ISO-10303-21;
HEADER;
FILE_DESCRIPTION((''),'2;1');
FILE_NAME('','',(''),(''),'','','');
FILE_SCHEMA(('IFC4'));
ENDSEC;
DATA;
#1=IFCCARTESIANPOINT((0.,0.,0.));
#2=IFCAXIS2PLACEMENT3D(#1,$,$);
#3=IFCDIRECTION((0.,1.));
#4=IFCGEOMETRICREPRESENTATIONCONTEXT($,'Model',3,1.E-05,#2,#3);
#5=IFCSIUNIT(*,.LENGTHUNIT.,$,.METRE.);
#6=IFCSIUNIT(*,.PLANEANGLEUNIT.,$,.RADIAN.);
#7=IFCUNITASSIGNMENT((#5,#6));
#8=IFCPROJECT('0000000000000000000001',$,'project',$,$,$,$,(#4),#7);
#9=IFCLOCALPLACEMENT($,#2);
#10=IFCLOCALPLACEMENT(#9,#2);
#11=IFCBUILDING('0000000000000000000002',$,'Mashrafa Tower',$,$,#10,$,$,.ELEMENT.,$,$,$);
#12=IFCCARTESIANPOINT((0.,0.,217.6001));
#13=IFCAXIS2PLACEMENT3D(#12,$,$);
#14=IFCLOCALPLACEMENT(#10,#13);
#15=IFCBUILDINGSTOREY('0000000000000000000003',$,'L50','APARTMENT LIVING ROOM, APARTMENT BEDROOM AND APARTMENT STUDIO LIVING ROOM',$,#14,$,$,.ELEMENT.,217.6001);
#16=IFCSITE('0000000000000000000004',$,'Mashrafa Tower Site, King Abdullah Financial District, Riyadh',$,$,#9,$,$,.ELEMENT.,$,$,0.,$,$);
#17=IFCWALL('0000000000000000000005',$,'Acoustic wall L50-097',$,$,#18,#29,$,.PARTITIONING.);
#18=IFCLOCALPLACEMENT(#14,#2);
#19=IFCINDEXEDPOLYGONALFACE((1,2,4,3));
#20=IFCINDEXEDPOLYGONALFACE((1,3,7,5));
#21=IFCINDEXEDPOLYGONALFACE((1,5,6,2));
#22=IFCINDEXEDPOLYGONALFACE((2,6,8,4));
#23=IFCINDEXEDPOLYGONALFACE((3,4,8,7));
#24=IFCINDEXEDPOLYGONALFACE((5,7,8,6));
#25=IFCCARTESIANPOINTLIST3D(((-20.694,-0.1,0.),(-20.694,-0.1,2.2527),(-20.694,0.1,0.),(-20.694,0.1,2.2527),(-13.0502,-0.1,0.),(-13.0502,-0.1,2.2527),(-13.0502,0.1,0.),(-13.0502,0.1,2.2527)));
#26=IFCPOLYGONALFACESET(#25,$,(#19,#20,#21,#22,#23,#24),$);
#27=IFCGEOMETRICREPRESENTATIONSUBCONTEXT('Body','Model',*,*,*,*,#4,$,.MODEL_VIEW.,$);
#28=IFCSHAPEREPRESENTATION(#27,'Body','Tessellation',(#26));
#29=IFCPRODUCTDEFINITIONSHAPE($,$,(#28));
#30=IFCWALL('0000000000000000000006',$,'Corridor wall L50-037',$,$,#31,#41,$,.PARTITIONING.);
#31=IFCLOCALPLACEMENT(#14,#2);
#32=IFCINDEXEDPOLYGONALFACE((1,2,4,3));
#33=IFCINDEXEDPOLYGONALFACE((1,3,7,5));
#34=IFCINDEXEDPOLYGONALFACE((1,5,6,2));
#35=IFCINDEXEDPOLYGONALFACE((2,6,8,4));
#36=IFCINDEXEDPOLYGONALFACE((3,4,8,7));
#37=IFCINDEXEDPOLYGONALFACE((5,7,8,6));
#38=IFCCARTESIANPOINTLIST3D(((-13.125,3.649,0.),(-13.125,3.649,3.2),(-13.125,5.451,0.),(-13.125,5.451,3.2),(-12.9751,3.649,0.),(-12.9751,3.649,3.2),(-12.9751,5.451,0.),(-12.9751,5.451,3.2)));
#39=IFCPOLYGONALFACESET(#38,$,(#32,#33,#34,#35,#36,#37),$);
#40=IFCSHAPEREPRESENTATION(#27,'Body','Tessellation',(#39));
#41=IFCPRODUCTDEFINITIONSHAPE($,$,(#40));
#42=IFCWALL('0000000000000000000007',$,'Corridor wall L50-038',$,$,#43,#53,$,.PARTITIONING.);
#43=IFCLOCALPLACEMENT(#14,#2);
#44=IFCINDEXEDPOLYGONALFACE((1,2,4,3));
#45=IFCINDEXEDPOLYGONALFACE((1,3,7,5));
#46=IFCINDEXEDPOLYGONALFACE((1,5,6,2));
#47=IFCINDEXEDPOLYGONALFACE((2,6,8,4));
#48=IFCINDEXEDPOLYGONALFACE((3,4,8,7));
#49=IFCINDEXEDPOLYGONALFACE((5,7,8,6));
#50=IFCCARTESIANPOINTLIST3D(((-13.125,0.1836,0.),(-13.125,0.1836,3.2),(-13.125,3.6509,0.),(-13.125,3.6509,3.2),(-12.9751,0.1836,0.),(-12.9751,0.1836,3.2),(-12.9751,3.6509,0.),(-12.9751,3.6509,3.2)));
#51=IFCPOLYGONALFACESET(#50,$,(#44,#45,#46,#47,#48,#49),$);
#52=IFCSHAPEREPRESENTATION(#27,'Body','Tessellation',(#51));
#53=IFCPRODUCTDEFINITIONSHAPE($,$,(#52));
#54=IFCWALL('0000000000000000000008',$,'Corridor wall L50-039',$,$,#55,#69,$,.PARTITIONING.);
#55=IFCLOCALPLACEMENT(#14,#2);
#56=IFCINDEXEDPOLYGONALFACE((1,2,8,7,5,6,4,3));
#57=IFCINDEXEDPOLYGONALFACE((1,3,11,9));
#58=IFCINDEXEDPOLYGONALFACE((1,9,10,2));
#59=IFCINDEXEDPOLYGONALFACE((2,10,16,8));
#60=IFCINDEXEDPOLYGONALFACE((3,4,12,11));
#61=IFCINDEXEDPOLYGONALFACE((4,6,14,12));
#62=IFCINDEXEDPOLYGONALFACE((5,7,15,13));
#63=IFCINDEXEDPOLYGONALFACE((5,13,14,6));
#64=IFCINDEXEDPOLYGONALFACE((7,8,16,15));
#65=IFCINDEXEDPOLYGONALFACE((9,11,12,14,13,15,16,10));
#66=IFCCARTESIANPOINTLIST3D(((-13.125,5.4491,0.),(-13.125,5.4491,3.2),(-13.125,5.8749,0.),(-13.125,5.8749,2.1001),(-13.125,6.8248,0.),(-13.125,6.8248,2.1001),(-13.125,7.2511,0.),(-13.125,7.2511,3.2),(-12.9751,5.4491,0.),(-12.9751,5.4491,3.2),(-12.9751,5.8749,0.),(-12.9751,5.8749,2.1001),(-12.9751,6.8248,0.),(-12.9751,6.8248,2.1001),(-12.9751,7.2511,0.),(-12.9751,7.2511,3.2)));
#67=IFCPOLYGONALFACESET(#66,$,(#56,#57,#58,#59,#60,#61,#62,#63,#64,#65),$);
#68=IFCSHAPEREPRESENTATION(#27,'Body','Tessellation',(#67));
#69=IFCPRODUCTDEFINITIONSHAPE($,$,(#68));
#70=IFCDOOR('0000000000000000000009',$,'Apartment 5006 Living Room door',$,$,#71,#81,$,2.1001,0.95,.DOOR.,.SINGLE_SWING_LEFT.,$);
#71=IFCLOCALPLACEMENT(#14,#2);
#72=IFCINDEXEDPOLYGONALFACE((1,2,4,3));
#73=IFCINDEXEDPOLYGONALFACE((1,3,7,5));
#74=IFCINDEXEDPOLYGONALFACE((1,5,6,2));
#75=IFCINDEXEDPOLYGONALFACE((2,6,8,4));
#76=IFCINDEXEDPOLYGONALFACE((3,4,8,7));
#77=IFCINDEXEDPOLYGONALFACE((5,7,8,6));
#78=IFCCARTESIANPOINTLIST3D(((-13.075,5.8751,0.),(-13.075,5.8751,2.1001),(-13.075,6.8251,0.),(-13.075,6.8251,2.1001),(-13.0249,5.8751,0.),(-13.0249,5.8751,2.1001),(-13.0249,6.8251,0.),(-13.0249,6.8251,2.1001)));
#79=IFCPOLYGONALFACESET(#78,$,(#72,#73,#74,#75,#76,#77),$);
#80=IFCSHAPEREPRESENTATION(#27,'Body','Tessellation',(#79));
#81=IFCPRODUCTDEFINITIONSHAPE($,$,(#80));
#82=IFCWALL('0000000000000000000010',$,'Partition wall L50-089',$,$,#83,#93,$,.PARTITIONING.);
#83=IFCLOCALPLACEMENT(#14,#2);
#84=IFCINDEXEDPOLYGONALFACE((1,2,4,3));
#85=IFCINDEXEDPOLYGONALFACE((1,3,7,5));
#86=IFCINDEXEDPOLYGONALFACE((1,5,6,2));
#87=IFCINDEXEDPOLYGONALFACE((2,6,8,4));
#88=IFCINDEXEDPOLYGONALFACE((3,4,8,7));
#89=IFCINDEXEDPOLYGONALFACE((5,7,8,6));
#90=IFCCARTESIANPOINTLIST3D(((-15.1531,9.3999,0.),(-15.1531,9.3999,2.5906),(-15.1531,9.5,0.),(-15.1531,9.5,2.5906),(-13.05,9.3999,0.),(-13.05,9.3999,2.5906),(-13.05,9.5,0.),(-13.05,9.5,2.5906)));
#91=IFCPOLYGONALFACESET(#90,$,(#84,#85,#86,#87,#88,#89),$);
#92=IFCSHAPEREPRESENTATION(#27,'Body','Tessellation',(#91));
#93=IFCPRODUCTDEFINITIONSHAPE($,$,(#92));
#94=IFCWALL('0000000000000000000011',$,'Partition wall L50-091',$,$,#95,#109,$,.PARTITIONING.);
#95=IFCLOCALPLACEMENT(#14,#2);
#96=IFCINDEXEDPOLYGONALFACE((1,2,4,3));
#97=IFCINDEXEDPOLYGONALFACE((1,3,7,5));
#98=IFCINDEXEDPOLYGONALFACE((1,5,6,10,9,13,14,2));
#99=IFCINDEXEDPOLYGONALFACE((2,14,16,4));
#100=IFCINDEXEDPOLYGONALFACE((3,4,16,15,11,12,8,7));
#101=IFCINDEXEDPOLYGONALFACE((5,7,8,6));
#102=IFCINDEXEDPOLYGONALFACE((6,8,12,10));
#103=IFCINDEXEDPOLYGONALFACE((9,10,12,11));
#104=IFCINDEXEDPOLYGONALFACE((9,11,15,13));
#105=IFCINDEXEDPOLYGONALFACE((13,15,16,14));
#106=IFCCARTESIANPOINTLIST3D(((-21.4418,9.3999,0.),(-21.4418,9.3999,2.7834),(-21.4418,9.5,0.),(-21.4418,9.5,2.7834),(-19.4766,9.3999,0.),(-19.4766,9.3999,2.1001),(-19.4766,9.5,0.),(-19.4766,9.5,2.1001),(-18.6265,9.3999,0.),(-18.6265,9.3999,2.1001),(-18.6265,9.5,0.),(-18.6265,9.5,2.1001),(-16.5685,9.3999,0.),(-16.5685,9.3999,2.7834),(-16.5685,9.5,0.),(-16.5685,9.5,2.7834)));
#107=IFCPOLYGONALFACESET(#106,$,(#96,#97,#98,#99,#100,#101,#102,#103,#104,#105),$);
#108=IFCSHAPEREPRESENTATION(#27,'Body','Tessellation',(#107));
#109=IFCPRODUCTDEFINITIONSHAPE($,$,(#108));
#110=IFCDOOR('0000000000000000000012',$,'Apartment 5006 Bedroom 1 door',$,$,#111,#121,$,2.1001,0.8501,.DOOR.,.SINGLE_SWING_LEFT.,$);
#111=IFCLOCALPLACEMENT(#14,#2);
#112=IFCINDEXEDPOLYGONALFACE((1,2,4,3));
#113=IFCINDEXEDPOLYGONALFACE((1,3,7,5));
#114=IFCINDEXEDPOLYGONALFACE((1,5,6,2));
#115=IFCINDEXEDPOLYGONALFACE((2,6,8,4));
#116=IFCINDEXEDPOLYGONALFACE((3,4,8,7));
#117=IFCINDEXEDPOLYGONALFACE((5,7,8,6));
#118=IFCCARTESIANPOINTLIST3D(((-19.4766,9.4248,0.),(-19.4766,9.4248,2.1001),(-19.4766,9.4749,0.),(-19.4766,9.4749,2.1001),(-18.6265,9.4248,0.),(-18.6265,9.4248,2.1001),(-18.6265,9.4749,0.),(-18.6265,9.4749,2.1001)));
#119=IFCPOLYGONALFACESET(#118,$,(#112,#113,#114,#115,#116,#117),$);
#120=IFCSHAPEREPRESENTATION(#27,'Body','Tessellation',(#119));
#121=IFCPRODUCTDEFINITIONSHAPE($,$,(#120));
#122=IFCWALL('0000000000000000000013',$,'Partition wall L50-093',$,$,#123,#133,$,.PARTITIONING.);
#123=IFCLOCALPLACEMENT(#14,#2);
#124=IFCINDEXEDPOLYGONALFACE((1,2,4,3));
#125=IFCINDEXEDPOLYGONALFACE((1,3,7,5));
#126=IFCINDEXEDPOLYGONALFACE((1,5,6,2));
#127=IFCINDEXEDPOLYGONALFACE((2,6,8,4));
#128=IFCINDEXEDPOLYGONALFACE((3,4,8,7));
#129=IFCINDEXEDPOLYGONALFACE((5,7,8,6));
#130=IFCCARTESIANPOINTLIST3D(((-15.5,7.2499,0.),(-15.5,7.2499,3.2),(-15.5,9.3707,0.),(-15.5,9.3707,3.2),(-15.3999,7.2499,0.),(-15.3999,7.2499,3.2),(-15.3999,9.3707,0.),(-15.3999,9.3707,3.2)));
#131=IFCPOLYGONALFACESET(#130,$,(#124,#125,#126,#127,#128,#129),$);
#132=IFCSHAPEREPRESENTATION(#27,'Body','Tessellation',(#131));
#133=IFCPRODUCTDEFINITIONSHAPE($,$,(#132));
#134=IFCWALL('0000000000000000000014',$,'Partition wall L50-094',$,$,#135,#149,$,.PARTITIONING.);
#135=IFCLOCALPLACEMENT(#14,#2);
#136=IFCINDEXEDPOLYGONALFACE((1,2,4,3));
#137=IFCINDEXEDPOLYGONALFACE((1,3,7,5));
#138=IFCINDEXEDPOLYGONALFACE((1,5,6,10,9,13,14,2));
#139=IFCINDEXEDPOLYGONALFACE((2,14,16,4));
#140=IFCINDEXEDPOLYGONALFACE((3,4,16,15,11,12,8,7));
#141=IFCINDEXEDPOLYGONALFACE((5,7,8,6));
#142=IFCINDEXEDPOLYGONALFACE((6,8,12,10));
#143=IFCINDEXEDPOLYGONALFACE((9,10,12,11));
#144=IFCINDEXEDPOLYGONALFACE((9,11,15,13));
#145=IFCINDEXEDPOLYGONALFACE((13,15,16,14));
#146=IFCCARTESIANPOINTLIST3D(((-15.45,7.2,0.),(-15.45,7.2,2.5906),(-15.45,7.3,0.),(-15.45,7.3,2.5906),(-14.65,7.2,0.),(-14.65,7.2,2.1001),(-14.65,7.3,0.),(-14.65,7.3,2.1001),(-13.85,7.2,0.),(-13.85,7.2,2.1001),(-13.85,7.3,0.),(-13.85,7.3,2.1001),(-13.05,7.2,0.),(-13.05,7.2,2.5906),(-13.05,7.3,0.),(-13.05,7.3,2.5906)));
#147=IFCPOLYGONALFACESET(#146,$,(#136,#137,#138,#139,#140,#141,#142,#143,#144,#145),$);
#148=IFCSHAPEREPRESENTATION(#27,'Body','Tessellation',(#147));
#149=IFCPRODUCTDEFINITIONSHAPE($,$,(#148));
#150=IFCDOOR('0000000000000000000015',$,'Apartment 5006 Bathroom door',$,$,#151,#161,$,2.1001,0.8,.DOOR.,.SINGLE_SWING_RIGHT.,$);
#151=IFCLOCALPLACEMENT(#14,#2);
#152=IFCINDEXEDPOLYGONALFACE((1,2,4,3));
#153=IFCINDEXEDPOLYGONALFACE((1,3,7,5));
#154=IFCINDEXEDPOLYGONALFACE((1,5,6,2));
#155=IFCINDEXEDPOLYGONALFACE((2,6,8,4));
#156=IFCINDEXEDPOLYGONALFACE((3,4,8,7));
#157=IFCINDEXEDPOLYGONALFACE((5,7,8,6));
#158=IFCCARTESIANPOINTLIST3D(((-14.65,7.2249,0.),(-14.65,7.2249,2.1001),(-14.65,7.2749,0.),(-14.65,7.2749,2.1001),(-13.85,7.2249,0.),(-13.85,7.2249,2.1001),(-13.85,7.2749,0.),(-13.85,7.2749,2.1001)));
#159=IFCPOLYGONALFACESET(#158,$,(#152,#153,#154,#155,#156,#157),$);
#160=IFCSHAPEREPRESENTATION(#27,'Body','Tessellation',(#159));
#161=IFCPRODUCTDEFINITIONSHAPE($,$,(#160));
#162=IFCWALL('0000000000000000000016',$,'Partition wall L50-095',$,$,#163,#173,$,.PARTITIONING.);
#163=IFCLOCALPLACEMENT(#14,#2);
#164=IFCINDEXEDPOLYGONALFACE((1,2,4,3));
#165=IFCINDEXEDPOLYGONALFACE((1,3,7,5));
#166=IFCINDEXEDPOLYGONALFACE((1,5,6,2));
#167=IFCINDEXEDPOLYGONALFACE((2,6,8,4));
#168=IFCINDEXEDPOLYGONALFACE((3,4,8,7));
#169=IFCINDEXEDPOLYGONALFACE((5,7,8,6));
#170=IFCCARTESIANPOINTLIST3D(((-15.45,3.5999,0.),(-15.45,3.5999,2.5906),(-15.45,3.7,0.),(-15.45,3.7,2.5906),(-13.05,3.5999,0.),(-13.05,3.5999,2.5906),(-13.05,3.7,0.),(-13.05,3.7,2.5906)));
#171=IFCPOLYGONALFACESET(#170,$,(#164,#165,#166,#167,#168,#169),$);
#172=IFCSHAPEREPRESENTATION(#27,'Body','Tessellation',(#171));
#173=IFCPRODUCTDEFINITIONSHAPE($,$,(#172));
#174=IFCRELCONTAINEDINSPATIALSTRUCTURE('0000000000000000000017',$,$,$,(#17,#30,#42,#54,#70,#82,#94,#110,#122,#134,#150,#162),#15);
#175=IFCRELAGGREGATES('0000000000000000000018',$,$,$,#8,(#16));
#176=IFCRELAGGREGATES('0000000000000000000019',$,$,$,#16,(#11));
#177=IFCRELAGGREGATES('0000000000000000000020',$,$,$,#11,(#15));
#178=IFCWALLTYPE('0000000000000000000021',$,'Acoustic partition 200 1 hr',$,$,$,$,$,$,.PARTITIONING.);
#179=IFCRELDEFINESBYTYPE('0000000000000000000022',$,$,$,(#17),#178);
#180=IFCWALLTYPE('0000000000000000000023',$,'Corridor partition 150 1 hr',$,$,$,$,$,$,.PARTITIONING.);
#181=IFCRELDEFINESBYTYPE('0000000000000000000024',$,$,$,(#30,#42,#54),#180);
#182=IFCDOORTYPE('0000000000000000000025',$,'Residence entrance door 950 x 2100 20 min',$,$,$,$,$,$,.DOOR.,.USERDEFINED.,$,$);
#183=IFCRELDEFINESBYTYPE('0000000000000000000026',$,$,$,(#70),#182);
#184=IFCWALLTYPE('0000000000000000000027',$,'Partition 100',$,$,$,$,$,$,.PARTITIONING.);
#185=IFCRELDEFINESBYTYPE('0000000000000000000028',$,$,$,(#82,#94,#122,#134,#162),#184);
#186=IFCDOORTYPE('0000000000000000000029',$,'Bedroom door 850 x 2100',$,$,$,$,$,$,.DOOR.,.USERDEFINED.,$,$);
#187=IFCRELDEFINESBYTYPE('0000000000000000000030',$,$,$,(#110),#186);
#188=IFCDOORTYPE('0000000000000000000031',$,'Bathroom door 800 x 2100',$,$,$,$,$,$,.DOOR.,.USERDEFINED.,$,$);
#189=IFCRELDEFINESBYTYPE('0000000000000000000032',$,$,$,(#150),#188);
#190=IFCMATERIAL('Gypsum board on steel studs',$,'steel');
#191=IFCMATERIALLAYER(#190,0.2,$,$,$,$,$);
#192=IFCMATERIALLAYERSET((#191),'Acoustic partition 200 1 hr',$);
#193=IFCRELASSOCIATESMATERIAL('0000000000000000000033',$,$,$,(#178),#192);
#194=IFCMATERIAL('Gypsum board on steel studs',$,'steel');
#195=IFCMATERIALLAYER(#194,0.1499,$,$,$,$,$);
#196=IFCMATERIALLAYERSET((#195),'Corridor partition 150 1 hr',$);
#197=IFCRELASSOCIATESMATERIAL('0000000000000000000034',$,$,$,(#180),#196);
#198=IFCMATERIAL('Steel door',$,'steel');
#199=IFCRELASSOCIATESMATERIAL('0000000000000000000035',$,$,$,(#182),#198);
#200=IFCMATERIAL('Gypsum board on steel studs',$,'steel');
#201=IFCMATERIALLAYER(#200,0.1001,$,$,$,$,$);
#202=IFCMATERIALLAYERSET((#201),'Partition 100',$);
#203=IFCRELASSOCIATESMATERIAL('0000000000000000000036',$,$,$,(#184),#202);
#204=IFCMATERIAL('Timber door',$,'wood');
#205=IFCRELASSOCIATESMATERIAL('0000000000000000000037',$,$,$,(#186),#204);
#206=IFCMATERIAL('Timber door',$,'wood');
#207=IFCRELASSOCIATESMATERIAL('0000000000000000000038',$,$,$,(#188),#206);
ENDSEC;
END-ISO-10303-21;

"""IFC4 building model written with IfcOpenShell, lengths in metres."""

from ifc_helpers import new_model, si_unit, direction, frame, frame_2d, origin, place, context, subcontext, project, spatial, rectangle, extrude, material, layer, layer_set, type_object, element, fill, save


model = new_model("IFC4")

# Units and contexts
model_context = context("Model", 3, precision=1e-05, world=origin(), true_north=direction((0.0, 1.0)))
body_context = subcontext(model_context, "Body", "Model", "MODEL_VIEW")
ifc_project = project(units=[si_unit("LENGTHUNIT", "METRE"), si_unit("PLANEANGLEUNIT", "RADIAN")], contexts=[model_context])

# Site, building, storey
site_placement = place(None, origin())
site = spatial("IfcSite", under=ifc_project, at=site_placement, Name="Mashrafa Tower Site, King Abdullah Financial District, Riyadh", CompositionType="ELEMENT", RefElevation=0.0)
building_placement = place(site_placement, origin())
building = spatial("IfcBuilding", under=site, at=building_placement, Name="Mashrafa Tower", CompositionType="ELEMENT")
storey_placement = place(building_placement, frame((0.0, 0.0, 217.6001)))
storey = spatial("IfcBuildingStorey", under=building, at=storey_placement, Name="L50", Description="APARTMENT LIVING ROOM, APARTMENT BEDROOM AND APARTMENT STUDIO LIVING ROOM", CompositionType="ELEMENT", Elevation=217.6001)

# Walls
ifc_material_1 = material(Name="Gypsum board on steel studs", Category="steel")
ifc_layer_1 = layer(ifc_material_1, 0.2)
ifc_layer_set_1 = layer_set([ifc_layer_1], Name="Acoustic partition 200 1 hr")
wall_type_1 = type_object("IfcWallType", Name="Acoustic partition 200 1 hr", PredefinedType="PARTITIONING", material=ifc_layer_set_1)
wall_1_placement = place(storey_placement, frame((-20.6938, 0.0, 0.0), z_axis=(0.0, 0.0, 1.0), x_axis=(1.0, 0.0, 0.0)))
element("IfcWall", 1, at=wall_1_placement, inside=storey, type_object=wall_type_1, Name="Acoustic wall L50-097", PredefinedType="PARTITIONING", context=body_context, shape_type="SweptSolid", body=[
    extrude(rectangle(XDim=7.6438, YDim=0.2, at=frame_2d((3.8218, 0.0))), origin(), (0.0, 0.0, 1.0), 2.2527),
])
ifc_material_2 = material(Name="Gypsum board on steel studs", Category="steel")
ifc_layer_2 = layer(ifc_material_2, 0.1499)
ifc_layer_set_2 = layer_set([ifc_layer_2], Name="Corridor partition 150 1 hr")
wall_type_2 = type_object("IfcWallType", Name="Corridor partition 150 1 hr", PredefinedType="PARTITIONING", material=ifc_layer_set_2)
wall_2_placement = place(storey_placement, frame((-13.05, 5.4509, 0.0), z_axis=(0.0, 0.0, 1.0), x_axis=(0.0, -1.0, 0.0)))
element("IfcWall", 2, at=wall_2_placement, inside=storey, type_object=wall_type_2, Name="Corridor wall L50-037", PredefinedType="PARTITIONING", context=body_context, shape_type="SweptSolid", body=[
    extrude(rectangle(XDim=1.802, YDim=0.1499, at=frame_2d((0.9009, 0.0))), origin(), (0.0, 0.0, 1.0), 3.2),
])
wall_3_placement = place(storey_placement, frame((-13.05, 3.6509, 0.0), z_axis=(0.0, 0.0, 1.0), x_axis=(0.0, -1.0, 0.0)))
element("IfcWall", 3, at=wall_3_placement, inside=storey, type_object=wall_type_2, Name="Corridor wall L50-038", PredefinedType="PARTITIONING", context=body_context, shape_type="SweptSolid", body=[
    extrude(rectangle(XDim=3.4673, YDim=0.1499, at=frame_2d((1.7336, 0.0))), origin(), (0.0, 0.0, 1.0), 3.2),
])

# Wall, opening, door
wall_4_placement = place(storey_placement, frame((-13.05, 7.251, 0.0), z_axis=(0.0, 0.0, 1.0), x_axis=(0.0, -1.0, 0.0)))
wall_4 = element("IfcWall", 4, at=wall_4_placement, inside=storey, type_object=wall_type_2, Name="Corridor wall L50-039", PredefinedType="PARTITIONING", context=body_context, shape_type="SweptSolid", body=[
    extrude(rectangle(XDim=1.802, YDim=0.1499, at=frame_2d((0.9009, 0.0))), origin(), (0.0, 0.0, 1.0), 3.2),
])
opening_1_placement = place(wall_4_placement, frame((0.426, 0.0, 0.0)))
opening_1 = element("IfcOpeningElement", 5, at=opening_1_placement, cuts=wall_4, PredefinedType="OPENING", context=body_context, shape_type="SweptSolid", body=[
    extrude(rectangle(XDim=0.95, YDim=2.1001, at=frame_2d((0.4751, 1.05))), frame((0.0, 0.085, 0.0), z_axis=(0.0, -1.0, 0.0), x_axis=(1.0, 0.0, 0.0)), (0.0, 0.0, 1.0), 0.1699),
])
ifc_material_3 = material(Name="Steel door", Category="steel")
door_type_1 = type_object("IfcDoorType", Name="Residence entrance door 950 x 2100 20 min", OperationType="USERDEFINED", PredefinedType="DOOR", material=ifc_material_3)
door_1_placement = place(opening_1_placement, frame((0.95, 0.0, 0.0), z_axis=(0.0, 0.0, 1.0), x_axis=(-1.0, 0.0, 0.0)))
door_1 = element("IfcDoor", 6, at=door_1_placement, inside=storey, type_object=door_type_1, Name="Apartment 5006 Living Room door", OperationType="SINGLE_SWING_LEFT", OverallHeight=2.1001, OverallWidth=0.95, PredefinedType="DOOR", context=body_context, shape_type="SweptSolid", body=[
    extrude(rectangle(XDim=0.95, YDim=2.1001, at=frame_2d((0.4751, 1.05))), frame((0.0, 0.0249, 0.0), z_axis=(0.0, -1.0, 0.0), x_axis=(1.0, 0.0, 0.0)), (0.0, 0.0, 1.0), 0.05),
])
fill(opening_1, door_1)

# Wall
ifc_material_4 = material(Name="Gypsum board on steel studs", Category="steel")
ifc_layer_3 = layer(ifc_material_4, 0.1001)
ifc_layer_set_3 = layer_set([ifc_layer_3], Name="Partition 100")
wall_type_3 = type_object("IfcWallType", Name="Partition 100", PredefinedType="PARTITIONING", material=ifc_layer_set_3)
wall_5_placement = place(storey_placement, frame((-15.1531, 9.45, 0.0), z_axis=(0.0, 0.0, 1.0), x_axis=(1.0, 0.0, 0.0)))
element("IfcWall", 7, at=wall_5_placement, inside=storey, type_object=wall_type_3, Name="Partition wall L50-089", PredefinedType="PARTITIONING", context=body_context, shape_type="SweptSolid", body=[
    extrude(rectangle(XDim=2.103, YDim=0.1001, at=frame_2d((1.0515, 0.0))), origin(), (0.0, 0.0, 1.0), 2.5906),
])

# Wall, opening, door
wall_6_placement = place(storey_placement, frame((-21.4417, 9.45, 0.0), z_axis=(0.0, 0.0, 1.0), x_axis=(1.0, 0.0, 0.0)))
wall_6 = element("IfcWall", 8, at=wall_6_placement, inside=storey, type_object=wall_type_3, Name="Partition wall L50-091", PredefinedType="PARTITIONING", context=body_context, shape_type="SweptSolid", body=[
    extrude(rectangle(XDim=4.8733, YDim=0.1001, at=frame_2d((2.4365, 0.0))), origin(), (0.0, 0.0, 1.0), 2.7834),
])
opening_2_placement = place(wall_6_placement, frame((1.9651, 0.0, 0.0)))
opening_2 = element("IfcOpeningElement", 9, at=opening_2_placement, cuts=wall_6, PredefinedType="OPENING", context=body_context, shape_type="SweptSolid", body=[
    extrude(rectangle(XDim=0.8501, YDim=2.1001, at=frame_2d((0.425, 1.05))), frame((0.0, 0.0601, 0.0), z_axis=(0.0, -1.0, 0.0), x_axis=(1.0, 0.0, 0.0)), (0.0, 0.0, 1.0), 0.1201),
])
ifc_material_5 = material(Name="Timber door", Category="wood")
door_type_2 = type_object("IfcDoorType", Name="Bedroom door 850 x 2100", OperationType="USERDEFINED", PredefinedType="DOOR", material=ifc_material_5)
door_2_placement = place(opening_2_placement, origin())
door_2 = element("IfcDoor", 10, at=door_2_placement, inside=storey, type_object=door_type_2, Name="Apartment 5006 Bedroom 1 door", OperationType="SINGLE_SWING_LEFT", OverallHeight=2.1001, OverallWidth=0.8501, PredefinedType="DOOR", context=body_context, shape_type="SweptSolid", body=[
    extrude(rectangle(XDim=0.8501, YDim=2.1001, at=frame_2d((0.425, 1.05))), frame((0.0, 0.0249, 0.0), z_axis=(0.0, -1.0, 0.0), x_axis=(1.0, 0.0, 0.0)), (0.0, 0.0, 1.0), 0.05),
])
fill(opening_2, door_2)

# Wall
wall_7_placement = place(storey_placement, frame((-15.45, 9.3708, 0.0), z_axis=(0.0, 0.0, 1.0), x_axis=(0.0, -1.0, 0.0)))
element("IfcWall", 11, at=wall_7_placement, inside=storey, type_object=wall_type_3, Name="Partition wall L50-093", PredefinedType="PARTITIONING", context=body_context, shape_type="SweptSolid", body=[
    extrude(rectangle(XDim=2.1208, YDim=0.1001, at=frame_2d((1.0605, 0.0))), origin(), (0.0, 0.0, 1.0), 3.2),
])

# Wall, opening, door
wall_8_placement = place(storey_placement, frame((-15.45, 7.25, 0.0), z_axis=(0.0, 0.0, 1.0), x_axis=(1.0, 0.0, 0.0)))
wall_8 = element("IfcWall", 12, at=wall_8_placement, inside=storey, type_object=wall_type_3, Name="Partition wall L50-094", PredefinedType="PARTITIONING", context=body_context, shape_type="SweptSolid", body=[
    extrude(rectangle(XDim=2.3999, YDim=0.1001, at=frame_2d((1.2, 0.0))), origin(), (0.0, 0.0, 1.0), 2.5906),
])
opening_3_placement = place(wall_8_placement, frame((0.8, 0.0, 0.0)))
opening_3 = element("IfcOpeningElement", 13, at=opening_3_placement, cuts=wall_8, PredefinedType="OPENING", context=body_context, shape_type="SweptSolid", body=[
    extrude(rectangle(XDim=0.8, YDim=2.1001, at=frame_2d((0.3999, 1.05))), frame((0.0, 0.0601, 0.0), z_axis=(0.0, -1.0, 0.0), x_axis=(1.0, 0.0, 0.0)), (0.0, 0.0, 1.0), 0.1201),
])
ifc_material_6 = material(Name="Timber door", Category="wood")
door_type_3 = type_object("IfcDoorType", Name="Bathroom door 800 x 2100", OperationType="USERDEFINED", PredefinedType="DOOR", material=ifc_material_6)
door_3_placement = place(opening_3_placement, origin())
door_3 = element("IfcDoor", 14, at=door_3_placement, inside=storey, type_object=door_type_3, Name="Apartment 5006 Bathroom door", OperationType="SINGLE_SWING_RIGHT", OverallHeight=2.1001, OverallWidth=0.8, PredefinedType="DOOR", context=body_context, shape_type="SweptSolid", body=[
    extrude(rectangle(XDim=0.8, YDim=2.1001, at=frame_2d((0.3999, 1.05))), frame((0.0, 0.0249, 0.0), z_axis=(0.0, -1.0, 0.0), x_axis=(1.0, 0.0, 0.0)), (0.0, 0.0, 1.0), 0.05),
])
fill(opening_3, door_3)

# Wall
wall_9_placement = place(storey_placement, frame((-15.45, 3.6499, 0.0), z_axis=(0.0, 0.0, 1.0), x_axis=(1.0, 0.0, 0.0)))
element("IfcWall", 15, at=wall_9_placement, inside=storey, type_object=wall_type_3, Name="Partition wall L50-095", PredefinedType="PARTITIONING", context=body_context, shape_type="SweptSolid", body=[
    extrude(rectangle(XDim=2.3999, YDim=0.1001, at=frame_2d((1.2, 0.0))), origin(), (0.0, 0.0, 1.0), 2.5906),
])

save(model, "model.ifc")
